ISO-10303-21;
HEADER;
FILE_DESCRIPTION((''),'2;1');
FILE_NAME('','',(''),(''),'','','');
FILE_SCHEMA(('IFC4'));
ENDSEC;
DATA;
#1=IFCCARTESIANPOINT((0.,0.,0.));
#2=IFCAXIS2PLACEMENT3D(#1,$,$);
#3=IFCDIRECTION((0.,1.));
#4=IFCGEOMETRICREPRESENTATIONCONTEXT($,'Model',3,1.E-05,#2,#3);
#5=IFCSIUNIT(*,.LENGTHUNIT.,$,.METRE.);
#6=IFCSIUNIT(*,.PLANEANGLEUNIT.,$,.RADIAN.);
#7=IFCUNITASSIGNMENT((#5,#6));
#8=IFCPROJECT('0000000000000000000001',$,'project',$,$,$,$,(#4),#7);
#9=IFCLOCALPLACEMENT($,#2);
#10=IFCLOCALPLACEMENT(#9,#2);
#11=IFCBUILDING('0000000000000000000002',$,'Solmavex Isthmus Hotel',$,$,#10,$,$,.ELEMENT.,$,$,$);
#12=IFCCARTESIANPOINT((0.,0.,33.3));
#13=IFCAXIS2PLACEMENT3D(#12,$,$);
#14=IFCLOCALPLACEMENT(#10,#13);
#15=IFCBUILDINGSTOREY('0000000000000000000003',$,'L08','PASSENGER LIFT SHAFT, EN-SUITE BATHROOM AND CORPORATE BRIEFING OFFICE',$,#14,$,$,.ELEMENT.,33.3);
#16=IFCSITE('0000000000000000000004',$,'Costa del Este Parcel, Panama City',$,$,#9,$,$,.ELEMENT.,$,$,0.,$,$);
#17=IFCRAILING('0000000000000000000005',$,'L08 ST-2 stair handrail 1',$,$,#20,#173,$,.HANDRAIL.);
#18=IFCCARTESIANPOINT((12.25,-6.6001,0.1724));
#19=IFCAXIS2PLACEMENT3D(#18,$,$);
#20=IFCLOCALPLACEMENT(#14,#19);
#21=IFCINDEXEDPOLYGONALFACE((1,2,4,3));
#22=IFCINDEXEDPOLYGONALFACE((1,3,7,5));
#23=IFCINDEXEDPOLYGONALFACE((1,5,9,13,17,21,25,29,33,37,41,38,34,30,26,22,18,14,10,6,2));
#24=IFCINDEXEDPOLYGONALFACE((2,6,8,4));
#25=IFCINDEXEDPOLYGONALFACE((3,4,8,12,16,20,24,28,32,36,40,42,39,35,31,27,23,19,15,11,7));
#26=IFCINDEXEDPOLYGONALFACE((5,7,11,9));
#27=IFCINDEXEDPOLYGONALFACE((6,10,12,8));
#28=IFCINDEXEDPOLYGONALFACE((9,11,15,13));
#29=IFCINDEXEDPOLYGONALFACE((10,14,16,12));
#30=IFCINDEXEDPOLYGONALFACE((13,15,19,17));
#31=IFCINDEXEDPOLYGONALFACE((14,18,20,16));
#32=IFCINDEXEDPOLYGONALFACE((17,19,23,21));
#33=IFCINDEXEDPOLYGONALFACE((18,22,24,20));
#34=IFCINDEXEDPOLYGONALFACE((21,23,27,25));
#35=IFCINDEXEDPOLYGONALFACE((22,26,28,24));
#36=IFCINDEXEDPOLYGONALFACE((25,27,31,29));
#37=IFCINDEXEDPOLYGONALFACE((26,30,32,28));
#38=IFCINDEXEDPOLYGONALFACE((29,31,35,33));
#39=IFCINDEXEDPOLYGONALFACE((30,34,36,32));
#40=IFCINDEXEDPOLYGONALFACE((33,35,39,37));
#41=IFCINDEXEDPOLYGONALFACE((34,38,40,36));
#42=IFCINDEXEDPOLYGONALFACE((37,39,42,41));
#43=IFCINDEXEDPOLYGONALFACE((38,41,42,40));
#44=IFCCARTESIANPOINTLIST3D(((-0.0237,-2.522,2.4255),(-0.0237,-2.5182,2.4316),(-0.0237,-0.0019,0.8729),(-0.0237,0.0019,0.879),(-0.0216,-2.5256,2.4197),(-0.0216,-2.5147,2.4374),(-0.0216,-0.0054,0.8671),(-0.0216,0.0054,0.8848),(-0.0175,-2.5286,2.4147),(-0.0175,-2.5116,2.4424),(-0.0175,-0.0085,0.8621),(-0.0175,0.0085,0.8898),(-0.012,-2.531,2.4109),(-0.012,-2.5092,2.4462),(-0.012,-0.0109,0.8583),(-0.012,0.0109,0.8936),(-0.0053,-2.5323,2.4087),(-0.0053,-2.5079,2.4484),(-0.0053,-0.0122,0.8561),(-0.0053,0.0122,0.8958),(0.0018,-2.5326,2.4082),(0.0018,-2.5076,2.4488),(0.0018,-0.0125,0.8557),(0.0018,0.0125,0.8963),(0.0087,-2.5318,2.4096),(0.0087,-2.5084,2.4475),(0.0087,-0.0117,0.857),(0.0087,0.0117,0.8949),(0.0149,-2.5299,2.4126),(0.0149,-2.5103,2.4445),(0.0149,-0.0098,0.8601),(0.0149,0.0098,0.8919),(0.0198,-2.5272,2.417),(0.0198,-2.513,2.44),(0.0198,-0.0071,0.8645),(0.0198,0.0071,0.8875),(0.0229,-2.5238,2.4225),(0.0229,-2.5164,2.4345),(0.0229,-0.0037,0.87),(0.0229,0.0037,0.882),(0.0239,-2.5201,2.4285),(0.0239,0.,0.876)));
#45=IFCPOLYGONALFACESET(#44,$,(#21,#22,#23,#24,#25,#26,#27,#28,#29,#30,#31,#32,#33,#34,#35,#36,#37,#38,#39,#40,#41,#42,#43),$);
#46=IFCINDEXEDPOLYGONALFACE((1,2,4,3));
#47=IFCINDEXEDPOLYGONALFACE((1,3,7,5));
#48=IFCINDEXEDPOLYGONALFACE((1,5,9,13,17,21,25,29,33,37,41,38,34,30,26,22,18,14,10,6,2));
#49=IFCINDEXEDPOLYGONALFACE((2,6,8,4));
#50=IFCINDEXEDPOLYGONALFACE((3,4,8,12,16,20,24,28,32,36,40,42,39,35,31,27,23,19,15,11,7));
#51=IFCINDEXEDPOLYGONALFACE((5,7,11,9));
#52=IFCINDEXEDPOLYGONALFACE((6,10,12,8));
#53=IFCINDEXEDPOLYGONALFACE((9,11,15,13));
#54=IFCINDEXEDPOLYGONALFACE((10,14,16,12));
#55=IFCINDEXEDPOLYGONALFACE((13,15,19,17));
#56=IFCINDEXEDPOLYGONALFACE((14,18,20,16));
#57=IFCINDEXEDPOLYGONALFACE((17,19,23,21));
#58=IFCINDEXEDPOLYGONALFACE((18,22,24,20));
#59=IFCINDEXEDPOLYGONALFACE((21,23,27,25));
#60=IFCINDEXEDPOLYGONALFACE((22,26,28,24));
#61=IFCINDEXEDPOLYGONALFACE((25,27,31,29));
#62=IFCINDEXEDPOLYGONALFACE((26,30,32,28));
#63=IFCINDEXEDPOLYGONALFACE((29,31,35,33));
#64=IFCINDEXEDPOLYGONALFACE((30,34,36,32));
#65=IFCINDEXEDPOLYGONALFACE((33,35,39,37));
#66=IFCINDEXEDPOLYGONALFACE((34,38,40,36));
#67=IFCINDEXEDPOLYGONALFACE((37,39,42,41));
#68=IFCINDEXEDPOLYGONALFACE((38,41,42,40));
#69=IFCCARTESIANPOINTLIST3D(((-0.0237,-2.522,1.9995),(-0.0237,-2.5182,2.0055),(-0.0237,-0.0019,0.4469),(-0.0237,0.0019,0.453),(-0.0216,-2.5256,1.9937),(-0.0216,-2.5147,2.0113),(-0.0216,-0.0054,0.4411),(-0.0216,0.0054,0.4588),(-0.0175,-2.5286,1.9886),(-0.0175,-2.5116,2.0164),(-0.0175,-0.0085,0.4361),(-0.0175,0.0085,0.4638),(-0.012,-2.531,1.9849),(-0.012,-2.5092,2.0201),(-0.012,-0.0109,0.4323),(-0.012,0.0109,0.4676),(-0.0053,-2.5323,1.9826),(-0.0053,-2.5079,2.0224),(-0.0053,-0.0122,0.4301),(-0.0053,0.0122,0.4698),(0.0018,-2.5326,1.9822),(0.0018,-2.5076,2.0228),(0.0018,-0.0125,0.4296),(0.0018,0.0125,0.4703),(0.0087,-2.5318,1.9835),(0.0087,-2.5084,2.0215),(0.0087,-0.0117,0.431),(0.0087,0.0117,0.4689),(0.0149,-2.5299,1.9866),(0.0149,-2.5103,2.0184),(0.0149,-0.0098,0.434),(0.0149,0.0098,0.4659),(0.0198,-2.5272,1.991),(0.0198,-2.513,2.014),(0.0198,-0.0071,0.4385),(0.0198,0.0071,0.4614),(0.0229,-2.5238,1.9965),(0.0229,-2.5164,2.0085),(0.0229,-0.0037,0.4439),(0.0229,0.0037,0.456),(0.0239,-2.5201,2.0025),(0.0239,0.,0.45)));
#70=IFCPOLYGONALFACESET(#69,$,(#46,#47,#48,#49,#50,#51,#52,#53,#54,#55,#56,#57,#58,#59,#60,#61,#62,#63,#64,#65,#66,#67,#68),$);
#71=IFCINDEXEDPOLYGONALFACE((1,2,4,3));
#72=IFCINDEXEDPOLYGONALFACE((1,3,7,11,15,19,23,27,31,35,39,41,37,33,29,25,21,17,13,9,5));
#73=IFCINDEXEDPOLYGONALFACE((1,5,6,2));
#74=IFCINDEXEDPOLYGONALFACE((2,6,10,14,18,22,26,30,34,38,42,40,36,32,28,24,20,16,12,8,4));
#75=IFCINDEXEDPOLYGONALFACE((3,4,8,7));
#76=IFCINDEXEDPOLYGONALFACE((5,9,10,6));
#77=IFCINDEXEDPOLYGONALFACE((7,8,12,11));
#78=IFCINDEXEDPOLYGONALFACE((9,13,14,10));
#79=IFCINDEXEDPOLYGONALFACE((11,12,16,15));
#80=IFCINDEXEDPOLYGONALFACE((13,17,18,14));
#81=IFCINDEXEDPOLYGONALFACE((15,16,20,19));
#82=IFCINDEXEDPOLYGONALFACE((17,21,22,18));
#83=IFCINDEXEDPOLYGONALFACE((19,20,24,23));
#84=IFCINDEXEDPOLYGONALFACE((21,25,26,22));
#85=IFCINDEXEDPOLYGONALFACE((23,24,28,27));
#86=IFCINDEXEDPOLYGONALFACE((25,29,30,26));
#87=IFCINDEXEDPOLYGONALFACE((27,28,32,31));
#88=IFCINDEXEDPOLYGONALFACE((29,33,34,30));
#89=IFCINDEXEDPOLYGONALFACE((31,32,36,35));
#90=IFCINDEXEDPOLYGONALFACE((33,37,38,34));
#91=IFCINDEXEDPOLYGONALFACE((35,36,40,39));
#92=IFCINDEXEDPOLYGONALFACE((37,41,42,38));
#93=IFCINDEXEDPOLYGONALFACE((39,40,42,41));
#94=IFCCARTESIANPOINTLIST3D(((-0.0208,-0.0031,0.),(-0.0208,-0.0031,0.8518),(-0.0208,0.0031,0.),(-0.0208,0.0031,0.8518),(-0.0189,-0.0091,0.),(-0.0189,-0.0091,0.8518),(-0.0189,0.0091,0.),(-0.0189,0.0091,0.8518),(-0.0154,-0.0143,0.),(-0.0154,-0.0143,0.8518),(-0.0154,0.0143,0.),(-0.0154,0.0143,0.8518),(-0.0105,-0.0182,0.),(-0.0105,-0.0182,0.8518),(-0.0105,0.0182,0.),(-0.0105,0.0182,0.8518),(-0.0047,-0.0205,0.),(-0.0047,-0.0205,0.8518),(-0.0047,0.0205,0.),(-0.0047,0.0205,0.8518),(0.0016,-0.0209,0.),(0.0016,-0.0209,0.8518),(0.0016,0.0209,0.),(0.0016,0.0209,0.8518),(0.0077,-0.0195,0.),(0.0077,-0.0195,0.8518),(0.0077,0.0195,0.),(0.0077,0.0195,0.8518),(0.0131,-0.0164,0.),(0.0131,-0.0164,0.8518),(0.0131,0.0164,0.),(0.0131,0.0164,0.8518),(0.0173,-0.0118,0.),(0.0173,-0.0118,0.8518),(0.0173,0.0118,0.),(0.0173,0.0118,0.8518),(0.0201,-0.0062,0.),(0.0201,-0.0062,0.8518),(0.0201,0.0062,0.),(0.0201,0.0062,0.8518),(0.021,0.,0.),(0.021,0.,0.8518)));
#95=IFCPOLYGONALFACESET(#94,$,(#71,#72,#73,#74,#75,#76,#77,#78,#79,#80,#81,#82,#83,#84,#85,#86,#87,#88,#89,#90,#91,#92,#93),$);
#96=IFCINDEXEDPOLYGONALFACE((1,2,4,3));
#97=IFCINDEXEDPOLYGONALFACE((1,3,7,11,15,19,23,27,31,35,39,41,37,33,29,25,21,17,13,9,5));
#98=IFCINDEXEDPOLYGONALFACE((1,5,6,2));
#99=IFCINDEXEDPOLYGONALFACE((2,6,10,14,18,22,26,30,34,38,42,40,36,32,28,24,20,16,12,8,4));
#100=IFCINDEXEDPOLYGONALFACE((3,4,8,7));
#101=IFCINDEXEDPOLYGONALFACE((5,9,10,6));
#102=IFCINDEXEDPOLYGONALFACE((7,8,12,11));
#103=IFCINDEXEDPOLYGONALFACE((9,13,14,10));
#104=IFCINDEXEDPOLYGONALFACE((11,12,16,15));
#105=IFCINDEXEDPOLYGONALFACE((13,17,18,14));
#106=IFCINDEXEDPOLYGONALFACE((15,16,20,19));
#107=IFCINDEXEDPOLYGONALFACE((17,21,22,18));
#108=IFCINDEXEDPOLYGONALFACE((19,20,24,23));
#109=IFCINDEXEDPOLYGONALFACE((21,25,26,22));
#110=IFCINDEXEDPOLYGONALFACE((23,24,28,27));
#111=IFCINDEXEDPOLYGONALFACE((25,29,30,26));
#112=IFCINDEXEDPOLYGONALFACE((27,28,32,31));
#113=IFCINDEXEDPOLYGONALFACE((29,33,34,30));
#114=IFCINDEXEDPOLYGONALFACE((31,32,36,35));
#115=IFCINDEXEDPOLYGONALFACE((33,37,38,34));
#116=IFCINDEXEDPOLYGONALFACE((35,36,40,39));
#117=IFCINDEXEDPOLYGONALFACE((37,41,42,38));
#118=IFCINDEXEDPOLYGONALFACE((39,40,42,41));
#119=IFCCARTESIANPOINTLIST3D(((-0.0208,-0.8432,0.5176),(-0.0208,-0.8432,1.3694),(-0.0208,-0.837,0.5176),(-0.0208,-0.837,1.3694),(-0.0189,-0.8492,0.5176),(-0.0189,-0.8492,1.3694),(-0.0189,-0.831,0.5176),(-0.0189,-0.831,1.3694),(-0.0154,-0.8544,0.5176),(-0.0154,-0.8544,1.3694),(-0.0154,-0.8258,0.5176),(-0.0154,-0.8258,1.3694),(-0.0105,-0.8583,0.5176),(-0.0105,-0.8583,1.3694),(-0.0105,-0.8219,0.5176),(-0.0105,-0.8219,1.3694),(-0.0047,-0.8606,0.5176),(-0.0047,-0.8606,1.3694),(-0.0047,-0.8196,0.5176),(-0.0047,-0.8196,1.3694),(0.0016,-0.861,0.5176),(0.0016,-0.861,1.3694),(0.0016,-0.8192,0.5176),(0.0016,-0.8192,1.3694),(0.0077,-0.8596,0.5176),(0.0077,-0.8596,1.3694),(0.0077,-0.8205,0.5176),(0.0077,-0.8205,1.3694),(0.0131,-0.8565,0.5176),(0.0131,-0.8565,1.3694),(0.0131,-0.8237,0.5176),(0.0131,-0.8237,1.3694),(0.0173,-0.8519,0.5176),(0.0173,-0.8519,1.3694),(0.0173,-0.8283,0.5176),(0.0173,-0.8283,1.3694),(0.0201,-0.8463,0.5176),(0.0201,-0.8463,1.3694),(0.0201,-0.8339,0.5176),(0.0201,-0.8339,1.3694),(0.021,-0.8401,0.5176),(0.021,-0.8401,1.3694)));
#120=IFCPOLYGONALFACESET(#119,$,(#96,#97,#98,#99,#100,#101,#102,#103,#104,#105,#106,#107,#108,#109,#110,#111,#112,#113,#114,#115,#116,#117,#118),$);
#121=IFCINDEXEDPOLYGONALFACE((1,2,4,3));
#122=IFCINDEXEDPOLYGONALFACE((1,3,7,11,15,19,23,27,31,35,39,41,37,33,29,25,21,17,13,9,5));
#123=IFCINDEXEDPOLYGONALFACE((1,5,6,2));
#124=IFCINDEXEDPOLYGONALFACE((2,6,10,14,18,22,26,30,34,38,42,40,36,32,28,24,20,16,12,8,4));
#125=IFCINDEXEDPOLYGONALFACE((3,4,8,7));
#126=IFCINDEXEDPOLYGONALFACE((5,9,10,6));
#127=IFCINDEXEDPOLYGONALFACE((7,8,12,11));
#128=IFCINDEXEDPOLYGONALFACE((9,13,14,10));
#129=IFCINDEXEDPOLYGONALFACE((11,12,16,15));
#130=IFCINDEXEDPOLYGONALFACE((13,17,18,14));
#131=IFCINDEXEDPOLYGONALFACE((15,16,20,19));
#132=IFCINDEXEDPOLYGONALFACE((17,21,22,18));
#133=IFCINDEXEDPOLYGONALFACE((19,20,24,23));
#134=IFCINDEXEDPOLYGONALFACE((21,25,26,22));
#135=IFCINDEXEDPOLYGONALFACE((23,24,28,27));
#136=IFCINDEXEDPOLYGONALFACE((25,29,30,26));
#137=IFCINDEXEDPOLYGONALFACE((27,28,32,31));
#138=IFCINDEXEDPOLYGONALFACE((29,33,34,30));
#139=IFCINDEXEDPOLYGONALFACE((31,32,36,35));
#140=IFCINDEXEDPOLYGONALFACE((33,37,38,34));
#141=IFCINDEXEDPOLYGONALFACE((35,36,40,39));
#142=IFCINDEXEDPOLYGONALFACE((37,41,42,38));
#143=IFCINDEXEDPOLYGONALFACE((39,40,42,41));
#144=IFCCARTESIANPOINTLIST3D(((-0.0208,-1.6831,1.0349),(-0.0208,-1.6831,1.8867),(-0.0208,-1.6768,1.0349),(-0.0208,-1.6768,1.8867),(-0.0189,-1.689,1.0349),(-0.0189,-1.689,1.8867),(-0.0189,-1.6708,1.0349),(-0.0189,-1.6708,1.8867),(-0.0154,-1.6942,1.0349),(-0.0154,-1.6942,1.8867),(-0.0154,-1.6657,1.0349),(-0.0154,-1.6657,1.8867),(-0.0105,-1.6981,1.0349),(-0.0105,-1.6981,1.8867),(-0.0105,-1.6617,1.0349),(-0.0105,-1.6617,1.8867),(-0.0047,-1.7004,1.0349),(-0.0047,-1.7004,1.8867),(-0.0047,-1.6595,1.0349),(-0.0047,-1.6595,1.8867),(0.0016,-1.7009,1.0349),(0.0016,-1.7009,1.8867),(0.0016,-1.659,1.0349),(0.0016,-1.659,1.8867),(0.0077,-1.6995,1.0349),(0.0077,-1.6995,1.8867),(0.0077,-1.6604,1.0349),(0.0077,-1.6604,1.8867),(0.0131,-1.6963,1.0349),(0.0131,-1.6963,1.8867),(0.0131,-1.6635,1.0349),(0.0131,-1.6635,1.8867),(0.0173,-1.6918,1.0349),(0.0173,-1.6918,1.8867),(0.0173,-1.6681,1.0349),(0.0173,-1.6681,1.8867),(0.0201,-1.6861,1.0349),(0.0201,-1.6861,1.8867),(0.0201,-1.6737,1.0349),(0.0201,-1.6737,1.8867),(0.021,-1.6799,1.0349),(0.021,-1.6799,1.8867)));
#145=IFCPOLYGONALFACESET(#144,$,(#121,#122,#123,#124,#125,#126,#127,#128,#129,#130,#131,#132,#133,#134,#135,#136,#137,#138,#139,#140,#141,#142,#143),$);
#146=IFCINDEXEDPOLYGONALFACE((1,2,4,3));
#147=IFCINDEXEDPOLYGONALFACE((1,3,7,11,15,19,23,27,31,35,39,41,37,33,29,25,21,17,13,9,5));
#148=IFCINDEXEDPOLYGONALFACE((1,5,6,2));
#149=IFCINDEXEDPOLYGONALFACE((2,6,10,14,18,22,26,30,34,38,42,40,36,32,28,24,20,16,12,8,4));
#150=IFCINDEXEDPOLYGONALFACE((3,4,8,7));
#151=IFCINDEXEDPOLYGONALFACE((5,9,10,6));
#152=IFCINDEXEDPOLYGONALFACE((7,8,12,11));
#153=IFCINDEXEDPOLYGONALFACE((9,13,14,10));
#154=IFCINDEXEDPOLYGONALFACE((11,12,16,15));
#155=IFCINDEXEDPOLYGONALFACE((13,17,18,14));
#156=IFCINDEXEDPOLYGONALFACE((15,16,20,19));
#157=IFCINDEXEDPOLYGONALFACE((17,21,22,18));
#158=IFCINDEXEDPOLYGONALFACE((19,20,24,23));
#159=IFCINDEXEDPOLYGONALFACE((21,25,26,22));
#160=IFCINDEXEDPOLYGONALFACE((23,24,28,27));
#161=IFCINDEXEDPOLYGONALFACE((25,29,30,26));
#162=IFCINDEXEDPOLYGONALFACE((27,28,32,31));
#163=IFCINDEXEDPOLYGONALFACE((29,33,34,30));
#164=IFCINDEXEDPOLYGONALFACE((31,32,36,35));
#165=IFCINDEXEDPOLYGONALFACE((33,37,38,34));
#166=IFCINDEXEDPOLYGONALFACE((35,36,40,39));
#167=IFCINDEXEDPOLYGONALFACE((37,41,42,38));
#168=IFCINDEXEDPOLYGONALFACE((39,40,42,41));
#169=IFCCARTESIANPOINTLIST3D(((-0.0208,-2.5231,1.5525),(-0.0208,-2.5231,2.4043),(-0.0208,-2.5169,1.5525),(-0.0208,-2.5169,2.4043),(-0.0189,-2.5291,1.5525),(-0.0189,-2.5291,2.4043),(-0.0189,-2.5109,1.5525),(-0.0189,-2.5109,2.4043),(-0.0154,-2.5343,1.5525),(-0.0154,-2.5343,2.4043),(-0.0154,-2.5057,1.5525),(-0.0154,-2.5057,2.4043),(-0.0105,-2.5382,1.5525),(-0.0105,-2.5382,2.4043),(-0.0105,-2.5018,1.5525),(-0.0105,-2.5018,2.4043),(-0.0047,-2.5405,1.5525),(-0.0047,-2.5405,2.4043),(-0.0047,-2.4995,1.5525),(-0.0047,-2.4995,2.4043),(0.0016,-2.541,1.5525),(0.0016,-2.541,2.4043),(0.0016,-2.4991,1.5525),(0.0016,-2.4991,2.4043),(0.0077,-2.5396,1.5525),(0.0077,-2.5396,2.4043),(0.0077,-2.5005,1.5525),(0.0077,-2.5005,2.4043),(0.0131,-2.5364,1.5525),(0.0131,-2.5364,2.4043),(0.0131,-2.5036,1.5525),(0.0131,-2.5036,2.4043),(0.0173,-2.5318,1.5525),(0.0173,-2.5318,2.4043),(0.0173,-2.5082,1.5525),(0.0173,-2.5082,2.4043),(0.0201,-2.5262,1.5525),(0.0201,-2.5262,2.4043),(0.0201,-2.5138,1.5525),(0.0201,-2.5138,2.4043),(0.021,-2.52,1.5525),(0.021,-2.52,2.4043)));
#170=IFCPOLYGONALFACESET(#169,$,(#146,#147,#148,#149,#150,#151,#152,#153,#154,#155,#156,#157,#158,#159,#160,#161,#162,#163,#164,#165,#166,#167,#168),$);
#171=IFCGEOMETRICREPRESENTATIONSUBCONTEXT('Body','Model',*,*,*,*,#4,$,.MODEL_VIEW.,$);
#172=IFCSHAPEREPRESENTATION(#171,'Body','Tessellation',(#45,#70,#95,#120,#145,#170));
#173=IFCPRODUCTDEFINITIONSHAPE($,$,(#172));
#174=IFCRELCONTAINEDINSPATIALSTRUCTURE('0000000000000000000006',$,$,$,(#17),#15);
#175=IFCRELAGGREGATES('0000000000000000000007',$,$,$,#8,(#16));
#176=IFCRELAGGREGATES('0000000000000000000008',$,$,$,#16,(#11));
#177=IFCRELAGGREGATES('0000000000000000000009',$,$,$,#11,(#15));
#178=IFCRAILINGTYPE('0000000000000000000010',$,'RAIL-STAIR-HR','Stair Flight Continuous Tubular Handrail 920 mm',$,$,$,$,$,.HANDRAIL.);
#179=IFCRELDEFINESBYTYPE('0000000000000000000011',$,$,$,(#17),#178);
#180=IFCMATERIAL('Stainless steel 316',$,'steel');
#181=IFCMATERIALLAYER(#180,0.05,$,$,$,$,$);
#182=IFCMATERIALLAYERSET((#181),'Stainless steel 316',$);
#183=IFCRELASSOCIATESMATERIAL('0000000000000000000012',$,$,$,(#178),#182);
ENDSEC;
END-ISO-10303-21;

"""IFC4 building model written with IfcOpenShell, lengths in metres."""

from ifc_helpers import new_model, si_unit, direction, frame, origin, origin_2d, place, context, subcontext, project, spatial, circle, extrude, material, layer, layer_set, type_object, element, save


model = new_model("IFC4")

# Units and contexts
model_context = context("Model", 3, precision=1e-05, world=origin(), true_north=direction((0.0, 1.0)))
body_context = subcontext(model_context, "Body", "Model", "MODEL_VIEW")
ifc_project = project(units=[si_unit("LENGTHUNIT", "METRE"), si_unit("PLANEANGLEUNIT", "RADIAN")], contexts=[model_context])

# Site, building, storey
site_placement = place(None, origin())
site = spatial("IfcSite", under=ifc_project, at=site_placement, Name="Costa del Este Parcel, Panama City", CompositionType="ELEMENT", RefElevation=0.0)
building_placement = place(site_placement, origin())
building = spatial("IfcBuilding", under=site, at=building_placement, Name="Solmavex Isthmus Hotel", CompositionType="ELEMENT")
storey_placement = place(building_placement, frame((0.0, 0.0, 33.3)))
storey = spatial("IfcBuildingStorey", under=building, at=storey_placement, Name="L08", Description="PASSENGER LIFT SHAFT, EN-SUITE BATHROOM AND CORPORATE BRIEFING OFFICE", CompositionType="ELEMENT", Elevation=33.3)

# Railing
ifc_material_1 = material(Name="Stainless steel 316", Category="steel")
ifc_layer_1 = layer(ifc_material_1, 0.05)
ifc_layer_set_1 = layer_set([ifc_layer_1], Name="Stainless steel 316")
railing_type_1 = type_object("IfcRailingType", Name="RAIL-STAIR-HR", Description="Stair Flight Continuous Tubular Handrail 920 mm", PredefinedType="HANDRAIL", material=ifc_layer_set_1)
railing_1_placement = place(storey_placement, frame((12.25, -6.6001, 0.1724)))
element("IfcRailing", 1, at=railing_1_placement, inside=storey, type_object=railing_type_1, Name="L08 ST-2 stair handrail 1", PredefinedType="HANDRAIL", context=body_context, shape_type="SweptSolid", body=[
    extrude(circle(Radius=0.0239, at=origin_2d()), frame((0.0, 0.0, 0.876), z_axis=(0.0, -0.8514, 0.524516), x_axis=(1.0, 0.0, 0.0)), (0.0, 0.0, 1.0), 2.96),
    extrude(circle(Radius=0.0239, at=origin_2d()), frame((0.0, 0.0, 0.45), z_axis=(0.0, -0.8514, 0.524516), x_axis=(1.0, 0.0, 0.0)), (0.0, 0.0, 1.0), 2.96),
    extrude(circle(Radius=0.021, at=origin_2d()), origin(), (0.0, 0.0, 1.0), 0.8518),
    extrude(circle(Radius=0.021, at=origin_2d()), frame((0.0, -0.8401, 0.5176)), (0.0, 0.0, 1.0), 0.8518),
    extrude(circle(Radius=0.021, at=origin_2d()), frame((0.0, -1.6799, 1.0349)), (0.0, 0.0, 1.0), 0.8518),
    extrude(circle(Radius=0.021, at=origin_2d()), frame((0.0, -2.52, 1.5525)), (0.0, 0.0, 1.0), 0.8518),
])

save(model, "model.ifc")
